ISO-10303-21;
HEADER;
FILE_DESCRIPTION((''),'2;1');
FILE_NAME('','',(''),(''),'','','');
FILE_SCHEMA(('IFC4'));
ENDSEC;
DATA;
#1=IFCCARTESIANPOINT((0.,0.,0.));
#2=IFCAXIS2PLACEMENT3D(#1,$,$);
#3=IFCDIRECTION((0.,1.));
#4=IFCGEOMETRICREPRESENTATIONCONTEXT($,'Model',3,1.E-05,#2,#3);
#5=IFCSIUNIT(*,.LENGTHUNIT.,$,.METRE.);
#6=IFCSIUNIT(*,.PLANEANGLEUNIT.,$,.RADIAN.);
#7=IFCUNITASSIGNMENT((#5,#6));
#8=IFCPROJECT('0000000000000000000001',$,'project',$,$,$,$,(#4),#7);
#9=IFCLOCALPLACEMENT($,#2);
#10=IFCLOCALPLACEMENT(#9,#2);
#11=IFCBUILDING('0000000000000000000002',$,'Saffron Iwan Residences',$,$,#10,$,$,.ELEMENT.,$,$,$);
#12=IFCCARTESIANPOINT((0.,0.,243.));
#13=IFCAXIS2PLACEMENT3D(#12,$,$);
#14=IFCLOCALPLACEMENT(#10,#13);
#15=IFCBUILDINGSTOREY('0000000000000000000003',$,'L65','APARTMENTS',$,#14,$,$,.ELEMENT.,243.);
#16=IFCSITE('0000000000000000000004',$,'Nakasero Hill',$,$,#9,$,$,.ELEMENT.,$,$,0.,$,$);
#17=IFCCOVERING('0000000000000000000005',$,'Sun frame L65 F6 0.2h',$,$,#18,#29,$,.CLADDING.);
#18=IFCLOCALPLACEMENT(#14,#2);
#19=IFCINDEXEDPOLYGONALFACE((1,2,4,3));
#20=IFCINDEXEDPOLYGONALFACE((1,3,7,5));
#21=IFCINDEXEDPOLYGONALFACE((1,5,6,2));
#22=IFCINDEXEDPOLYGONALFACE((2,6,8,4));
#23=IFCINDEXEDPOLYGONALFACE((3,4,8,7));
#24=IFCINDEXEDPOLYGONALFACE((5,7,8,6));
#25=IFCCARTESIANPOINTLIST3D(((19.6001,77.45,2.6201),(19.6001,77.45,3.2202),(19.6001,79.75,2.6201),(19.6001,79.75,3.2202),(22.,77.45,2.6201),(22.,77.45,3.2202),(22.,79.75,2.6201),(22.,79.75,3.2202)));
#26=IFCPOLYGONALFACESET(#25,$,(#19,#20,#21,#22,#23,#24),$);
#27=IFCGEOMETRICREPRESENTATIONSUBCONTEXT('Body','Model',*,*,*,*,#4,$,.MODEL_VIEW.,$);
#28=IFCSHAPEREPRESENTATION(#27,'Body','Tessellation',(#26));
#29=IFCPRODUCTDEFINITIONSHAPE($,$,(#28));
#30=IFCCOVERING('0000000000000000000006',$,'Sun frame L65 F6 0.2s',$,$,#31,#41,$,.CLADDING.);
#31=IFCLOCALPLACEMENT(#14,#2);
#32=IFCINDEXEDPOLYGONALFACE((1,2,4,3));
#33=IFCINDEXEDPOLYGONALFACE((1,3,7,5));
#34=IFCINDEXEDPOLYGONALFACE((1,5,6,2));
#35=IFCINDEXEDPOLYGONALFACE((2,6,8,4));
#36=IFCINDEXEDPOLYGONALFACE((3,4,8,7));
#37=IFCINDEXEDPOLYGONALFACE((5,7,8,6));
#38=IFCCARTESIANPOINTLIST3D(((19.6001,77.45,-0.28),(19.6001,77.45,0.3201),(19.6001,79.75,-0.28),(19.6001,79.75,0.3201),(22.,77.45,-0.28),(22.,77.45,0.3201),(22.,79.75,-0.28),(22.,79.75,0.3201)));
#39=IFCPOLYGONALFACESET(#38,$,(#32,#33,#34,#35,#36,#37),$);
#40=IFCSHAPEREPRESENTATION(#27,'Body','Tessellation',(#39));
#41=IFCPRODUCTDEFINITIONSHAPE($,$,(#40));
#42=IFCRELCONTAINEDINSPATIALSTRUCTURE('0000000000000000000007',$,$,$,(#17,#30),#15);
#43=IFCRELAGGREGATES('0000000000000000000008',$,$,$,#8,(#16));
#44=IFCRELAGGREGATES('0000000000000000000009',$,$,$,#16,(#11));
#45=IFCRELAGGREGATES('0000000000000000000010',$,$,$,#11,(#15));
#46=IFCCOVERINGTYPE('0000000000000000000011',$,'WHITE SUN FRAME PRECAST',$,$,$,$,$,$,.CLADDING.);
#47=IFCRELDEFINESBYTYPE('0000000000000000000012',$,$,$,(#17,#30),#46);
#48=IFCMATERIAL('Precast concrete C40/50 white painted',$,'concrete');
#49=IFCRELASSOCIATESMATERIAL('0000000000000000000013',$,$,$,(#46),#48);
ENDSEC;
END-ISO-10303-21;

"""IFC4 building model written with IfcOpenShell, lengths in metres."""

from ifc_helpers import new_model, si_unit, direction, frame, origin, place, context, subcontext, project, spatial, polyline, outline, extrude, material, type_object, element, save


model = new_model("IFC4")

# Units and contexts
model_context = context("Model", 3, precision=1e-05, world=origin(), true_north=direction((0.0, 1.0)))
body_context = subcontext(model_context, "Body", "Model", "MODEL_VIEW")
ifc_project = project(units=[si_unit("LENGTHUNIT", "METRE"), si_unit("PLANEANGLEUNIT", "RADIAN")], contexts=[model_context])

# Site, building, storey
site_placement = place(None, origin())
site = spatial("IfcSite", under=ifc_project, at=site_placement, Name="Nakasero Hill", CompositionType="ELEMENT", RefElevation=0.0)
building_placement = place(site_placement, origin())
building = spatial("IfcBuilding", under=site, at=building_placement, Name="Saffron Iwan Residences", CompositionType="ELEMENT")
storey_placement = place(building_placement, frame((0.0, 0.0, 243.0)))
storey = spatial("IfcBuildingStorey", under=building, at=storey_placement, Name="L65", Description="APARTMENTS", CompositionType="ELEMENT", Elevation=243.0)

# Coverings
ifc_material_1 = material(Name="Precast concrete C40/50 white painted", Category="concrete")
covering_type_1 = type_object("IfcCoveringType", Name="WHITE SUN FRAME PRECAST", PredefinedType="CLADDING", material=ifc_material_1)
for number, where, z_axis, x_axis, name in (
    (1, (22.0, 79.75, 2.6201), (-1.0, 0.0, 0.0), (0.0, -1.0, 0.0), "Sun frame L65 F6 0.2h"),
    (2, (22.0, 79.75, -0.28), (-1.0, 0.0, 0.0), (0.0, -1.0, 0.0), "Sun frame L65 F6 0.2s"),
):
    element("IfcCovering", number, at=place(storey_placement, frame(where, z_axis=z_axis, x_axis=x_axis)), inside=storey, type_object=covering_type_1, Name=name, PredefinedType="CLADDING", context=body_context, shape_type="SweptSolid", body=[
        extrude(outline(polyline([(0.0, 0.0), (2.3, 0.0), (2.3, 0.6001), (0.0, 0.6001), (0.0, 0.0)])), origin(), (0.0, 0.0, 1.0), 2.3999),
    ])

save(model, "model.ifc")
